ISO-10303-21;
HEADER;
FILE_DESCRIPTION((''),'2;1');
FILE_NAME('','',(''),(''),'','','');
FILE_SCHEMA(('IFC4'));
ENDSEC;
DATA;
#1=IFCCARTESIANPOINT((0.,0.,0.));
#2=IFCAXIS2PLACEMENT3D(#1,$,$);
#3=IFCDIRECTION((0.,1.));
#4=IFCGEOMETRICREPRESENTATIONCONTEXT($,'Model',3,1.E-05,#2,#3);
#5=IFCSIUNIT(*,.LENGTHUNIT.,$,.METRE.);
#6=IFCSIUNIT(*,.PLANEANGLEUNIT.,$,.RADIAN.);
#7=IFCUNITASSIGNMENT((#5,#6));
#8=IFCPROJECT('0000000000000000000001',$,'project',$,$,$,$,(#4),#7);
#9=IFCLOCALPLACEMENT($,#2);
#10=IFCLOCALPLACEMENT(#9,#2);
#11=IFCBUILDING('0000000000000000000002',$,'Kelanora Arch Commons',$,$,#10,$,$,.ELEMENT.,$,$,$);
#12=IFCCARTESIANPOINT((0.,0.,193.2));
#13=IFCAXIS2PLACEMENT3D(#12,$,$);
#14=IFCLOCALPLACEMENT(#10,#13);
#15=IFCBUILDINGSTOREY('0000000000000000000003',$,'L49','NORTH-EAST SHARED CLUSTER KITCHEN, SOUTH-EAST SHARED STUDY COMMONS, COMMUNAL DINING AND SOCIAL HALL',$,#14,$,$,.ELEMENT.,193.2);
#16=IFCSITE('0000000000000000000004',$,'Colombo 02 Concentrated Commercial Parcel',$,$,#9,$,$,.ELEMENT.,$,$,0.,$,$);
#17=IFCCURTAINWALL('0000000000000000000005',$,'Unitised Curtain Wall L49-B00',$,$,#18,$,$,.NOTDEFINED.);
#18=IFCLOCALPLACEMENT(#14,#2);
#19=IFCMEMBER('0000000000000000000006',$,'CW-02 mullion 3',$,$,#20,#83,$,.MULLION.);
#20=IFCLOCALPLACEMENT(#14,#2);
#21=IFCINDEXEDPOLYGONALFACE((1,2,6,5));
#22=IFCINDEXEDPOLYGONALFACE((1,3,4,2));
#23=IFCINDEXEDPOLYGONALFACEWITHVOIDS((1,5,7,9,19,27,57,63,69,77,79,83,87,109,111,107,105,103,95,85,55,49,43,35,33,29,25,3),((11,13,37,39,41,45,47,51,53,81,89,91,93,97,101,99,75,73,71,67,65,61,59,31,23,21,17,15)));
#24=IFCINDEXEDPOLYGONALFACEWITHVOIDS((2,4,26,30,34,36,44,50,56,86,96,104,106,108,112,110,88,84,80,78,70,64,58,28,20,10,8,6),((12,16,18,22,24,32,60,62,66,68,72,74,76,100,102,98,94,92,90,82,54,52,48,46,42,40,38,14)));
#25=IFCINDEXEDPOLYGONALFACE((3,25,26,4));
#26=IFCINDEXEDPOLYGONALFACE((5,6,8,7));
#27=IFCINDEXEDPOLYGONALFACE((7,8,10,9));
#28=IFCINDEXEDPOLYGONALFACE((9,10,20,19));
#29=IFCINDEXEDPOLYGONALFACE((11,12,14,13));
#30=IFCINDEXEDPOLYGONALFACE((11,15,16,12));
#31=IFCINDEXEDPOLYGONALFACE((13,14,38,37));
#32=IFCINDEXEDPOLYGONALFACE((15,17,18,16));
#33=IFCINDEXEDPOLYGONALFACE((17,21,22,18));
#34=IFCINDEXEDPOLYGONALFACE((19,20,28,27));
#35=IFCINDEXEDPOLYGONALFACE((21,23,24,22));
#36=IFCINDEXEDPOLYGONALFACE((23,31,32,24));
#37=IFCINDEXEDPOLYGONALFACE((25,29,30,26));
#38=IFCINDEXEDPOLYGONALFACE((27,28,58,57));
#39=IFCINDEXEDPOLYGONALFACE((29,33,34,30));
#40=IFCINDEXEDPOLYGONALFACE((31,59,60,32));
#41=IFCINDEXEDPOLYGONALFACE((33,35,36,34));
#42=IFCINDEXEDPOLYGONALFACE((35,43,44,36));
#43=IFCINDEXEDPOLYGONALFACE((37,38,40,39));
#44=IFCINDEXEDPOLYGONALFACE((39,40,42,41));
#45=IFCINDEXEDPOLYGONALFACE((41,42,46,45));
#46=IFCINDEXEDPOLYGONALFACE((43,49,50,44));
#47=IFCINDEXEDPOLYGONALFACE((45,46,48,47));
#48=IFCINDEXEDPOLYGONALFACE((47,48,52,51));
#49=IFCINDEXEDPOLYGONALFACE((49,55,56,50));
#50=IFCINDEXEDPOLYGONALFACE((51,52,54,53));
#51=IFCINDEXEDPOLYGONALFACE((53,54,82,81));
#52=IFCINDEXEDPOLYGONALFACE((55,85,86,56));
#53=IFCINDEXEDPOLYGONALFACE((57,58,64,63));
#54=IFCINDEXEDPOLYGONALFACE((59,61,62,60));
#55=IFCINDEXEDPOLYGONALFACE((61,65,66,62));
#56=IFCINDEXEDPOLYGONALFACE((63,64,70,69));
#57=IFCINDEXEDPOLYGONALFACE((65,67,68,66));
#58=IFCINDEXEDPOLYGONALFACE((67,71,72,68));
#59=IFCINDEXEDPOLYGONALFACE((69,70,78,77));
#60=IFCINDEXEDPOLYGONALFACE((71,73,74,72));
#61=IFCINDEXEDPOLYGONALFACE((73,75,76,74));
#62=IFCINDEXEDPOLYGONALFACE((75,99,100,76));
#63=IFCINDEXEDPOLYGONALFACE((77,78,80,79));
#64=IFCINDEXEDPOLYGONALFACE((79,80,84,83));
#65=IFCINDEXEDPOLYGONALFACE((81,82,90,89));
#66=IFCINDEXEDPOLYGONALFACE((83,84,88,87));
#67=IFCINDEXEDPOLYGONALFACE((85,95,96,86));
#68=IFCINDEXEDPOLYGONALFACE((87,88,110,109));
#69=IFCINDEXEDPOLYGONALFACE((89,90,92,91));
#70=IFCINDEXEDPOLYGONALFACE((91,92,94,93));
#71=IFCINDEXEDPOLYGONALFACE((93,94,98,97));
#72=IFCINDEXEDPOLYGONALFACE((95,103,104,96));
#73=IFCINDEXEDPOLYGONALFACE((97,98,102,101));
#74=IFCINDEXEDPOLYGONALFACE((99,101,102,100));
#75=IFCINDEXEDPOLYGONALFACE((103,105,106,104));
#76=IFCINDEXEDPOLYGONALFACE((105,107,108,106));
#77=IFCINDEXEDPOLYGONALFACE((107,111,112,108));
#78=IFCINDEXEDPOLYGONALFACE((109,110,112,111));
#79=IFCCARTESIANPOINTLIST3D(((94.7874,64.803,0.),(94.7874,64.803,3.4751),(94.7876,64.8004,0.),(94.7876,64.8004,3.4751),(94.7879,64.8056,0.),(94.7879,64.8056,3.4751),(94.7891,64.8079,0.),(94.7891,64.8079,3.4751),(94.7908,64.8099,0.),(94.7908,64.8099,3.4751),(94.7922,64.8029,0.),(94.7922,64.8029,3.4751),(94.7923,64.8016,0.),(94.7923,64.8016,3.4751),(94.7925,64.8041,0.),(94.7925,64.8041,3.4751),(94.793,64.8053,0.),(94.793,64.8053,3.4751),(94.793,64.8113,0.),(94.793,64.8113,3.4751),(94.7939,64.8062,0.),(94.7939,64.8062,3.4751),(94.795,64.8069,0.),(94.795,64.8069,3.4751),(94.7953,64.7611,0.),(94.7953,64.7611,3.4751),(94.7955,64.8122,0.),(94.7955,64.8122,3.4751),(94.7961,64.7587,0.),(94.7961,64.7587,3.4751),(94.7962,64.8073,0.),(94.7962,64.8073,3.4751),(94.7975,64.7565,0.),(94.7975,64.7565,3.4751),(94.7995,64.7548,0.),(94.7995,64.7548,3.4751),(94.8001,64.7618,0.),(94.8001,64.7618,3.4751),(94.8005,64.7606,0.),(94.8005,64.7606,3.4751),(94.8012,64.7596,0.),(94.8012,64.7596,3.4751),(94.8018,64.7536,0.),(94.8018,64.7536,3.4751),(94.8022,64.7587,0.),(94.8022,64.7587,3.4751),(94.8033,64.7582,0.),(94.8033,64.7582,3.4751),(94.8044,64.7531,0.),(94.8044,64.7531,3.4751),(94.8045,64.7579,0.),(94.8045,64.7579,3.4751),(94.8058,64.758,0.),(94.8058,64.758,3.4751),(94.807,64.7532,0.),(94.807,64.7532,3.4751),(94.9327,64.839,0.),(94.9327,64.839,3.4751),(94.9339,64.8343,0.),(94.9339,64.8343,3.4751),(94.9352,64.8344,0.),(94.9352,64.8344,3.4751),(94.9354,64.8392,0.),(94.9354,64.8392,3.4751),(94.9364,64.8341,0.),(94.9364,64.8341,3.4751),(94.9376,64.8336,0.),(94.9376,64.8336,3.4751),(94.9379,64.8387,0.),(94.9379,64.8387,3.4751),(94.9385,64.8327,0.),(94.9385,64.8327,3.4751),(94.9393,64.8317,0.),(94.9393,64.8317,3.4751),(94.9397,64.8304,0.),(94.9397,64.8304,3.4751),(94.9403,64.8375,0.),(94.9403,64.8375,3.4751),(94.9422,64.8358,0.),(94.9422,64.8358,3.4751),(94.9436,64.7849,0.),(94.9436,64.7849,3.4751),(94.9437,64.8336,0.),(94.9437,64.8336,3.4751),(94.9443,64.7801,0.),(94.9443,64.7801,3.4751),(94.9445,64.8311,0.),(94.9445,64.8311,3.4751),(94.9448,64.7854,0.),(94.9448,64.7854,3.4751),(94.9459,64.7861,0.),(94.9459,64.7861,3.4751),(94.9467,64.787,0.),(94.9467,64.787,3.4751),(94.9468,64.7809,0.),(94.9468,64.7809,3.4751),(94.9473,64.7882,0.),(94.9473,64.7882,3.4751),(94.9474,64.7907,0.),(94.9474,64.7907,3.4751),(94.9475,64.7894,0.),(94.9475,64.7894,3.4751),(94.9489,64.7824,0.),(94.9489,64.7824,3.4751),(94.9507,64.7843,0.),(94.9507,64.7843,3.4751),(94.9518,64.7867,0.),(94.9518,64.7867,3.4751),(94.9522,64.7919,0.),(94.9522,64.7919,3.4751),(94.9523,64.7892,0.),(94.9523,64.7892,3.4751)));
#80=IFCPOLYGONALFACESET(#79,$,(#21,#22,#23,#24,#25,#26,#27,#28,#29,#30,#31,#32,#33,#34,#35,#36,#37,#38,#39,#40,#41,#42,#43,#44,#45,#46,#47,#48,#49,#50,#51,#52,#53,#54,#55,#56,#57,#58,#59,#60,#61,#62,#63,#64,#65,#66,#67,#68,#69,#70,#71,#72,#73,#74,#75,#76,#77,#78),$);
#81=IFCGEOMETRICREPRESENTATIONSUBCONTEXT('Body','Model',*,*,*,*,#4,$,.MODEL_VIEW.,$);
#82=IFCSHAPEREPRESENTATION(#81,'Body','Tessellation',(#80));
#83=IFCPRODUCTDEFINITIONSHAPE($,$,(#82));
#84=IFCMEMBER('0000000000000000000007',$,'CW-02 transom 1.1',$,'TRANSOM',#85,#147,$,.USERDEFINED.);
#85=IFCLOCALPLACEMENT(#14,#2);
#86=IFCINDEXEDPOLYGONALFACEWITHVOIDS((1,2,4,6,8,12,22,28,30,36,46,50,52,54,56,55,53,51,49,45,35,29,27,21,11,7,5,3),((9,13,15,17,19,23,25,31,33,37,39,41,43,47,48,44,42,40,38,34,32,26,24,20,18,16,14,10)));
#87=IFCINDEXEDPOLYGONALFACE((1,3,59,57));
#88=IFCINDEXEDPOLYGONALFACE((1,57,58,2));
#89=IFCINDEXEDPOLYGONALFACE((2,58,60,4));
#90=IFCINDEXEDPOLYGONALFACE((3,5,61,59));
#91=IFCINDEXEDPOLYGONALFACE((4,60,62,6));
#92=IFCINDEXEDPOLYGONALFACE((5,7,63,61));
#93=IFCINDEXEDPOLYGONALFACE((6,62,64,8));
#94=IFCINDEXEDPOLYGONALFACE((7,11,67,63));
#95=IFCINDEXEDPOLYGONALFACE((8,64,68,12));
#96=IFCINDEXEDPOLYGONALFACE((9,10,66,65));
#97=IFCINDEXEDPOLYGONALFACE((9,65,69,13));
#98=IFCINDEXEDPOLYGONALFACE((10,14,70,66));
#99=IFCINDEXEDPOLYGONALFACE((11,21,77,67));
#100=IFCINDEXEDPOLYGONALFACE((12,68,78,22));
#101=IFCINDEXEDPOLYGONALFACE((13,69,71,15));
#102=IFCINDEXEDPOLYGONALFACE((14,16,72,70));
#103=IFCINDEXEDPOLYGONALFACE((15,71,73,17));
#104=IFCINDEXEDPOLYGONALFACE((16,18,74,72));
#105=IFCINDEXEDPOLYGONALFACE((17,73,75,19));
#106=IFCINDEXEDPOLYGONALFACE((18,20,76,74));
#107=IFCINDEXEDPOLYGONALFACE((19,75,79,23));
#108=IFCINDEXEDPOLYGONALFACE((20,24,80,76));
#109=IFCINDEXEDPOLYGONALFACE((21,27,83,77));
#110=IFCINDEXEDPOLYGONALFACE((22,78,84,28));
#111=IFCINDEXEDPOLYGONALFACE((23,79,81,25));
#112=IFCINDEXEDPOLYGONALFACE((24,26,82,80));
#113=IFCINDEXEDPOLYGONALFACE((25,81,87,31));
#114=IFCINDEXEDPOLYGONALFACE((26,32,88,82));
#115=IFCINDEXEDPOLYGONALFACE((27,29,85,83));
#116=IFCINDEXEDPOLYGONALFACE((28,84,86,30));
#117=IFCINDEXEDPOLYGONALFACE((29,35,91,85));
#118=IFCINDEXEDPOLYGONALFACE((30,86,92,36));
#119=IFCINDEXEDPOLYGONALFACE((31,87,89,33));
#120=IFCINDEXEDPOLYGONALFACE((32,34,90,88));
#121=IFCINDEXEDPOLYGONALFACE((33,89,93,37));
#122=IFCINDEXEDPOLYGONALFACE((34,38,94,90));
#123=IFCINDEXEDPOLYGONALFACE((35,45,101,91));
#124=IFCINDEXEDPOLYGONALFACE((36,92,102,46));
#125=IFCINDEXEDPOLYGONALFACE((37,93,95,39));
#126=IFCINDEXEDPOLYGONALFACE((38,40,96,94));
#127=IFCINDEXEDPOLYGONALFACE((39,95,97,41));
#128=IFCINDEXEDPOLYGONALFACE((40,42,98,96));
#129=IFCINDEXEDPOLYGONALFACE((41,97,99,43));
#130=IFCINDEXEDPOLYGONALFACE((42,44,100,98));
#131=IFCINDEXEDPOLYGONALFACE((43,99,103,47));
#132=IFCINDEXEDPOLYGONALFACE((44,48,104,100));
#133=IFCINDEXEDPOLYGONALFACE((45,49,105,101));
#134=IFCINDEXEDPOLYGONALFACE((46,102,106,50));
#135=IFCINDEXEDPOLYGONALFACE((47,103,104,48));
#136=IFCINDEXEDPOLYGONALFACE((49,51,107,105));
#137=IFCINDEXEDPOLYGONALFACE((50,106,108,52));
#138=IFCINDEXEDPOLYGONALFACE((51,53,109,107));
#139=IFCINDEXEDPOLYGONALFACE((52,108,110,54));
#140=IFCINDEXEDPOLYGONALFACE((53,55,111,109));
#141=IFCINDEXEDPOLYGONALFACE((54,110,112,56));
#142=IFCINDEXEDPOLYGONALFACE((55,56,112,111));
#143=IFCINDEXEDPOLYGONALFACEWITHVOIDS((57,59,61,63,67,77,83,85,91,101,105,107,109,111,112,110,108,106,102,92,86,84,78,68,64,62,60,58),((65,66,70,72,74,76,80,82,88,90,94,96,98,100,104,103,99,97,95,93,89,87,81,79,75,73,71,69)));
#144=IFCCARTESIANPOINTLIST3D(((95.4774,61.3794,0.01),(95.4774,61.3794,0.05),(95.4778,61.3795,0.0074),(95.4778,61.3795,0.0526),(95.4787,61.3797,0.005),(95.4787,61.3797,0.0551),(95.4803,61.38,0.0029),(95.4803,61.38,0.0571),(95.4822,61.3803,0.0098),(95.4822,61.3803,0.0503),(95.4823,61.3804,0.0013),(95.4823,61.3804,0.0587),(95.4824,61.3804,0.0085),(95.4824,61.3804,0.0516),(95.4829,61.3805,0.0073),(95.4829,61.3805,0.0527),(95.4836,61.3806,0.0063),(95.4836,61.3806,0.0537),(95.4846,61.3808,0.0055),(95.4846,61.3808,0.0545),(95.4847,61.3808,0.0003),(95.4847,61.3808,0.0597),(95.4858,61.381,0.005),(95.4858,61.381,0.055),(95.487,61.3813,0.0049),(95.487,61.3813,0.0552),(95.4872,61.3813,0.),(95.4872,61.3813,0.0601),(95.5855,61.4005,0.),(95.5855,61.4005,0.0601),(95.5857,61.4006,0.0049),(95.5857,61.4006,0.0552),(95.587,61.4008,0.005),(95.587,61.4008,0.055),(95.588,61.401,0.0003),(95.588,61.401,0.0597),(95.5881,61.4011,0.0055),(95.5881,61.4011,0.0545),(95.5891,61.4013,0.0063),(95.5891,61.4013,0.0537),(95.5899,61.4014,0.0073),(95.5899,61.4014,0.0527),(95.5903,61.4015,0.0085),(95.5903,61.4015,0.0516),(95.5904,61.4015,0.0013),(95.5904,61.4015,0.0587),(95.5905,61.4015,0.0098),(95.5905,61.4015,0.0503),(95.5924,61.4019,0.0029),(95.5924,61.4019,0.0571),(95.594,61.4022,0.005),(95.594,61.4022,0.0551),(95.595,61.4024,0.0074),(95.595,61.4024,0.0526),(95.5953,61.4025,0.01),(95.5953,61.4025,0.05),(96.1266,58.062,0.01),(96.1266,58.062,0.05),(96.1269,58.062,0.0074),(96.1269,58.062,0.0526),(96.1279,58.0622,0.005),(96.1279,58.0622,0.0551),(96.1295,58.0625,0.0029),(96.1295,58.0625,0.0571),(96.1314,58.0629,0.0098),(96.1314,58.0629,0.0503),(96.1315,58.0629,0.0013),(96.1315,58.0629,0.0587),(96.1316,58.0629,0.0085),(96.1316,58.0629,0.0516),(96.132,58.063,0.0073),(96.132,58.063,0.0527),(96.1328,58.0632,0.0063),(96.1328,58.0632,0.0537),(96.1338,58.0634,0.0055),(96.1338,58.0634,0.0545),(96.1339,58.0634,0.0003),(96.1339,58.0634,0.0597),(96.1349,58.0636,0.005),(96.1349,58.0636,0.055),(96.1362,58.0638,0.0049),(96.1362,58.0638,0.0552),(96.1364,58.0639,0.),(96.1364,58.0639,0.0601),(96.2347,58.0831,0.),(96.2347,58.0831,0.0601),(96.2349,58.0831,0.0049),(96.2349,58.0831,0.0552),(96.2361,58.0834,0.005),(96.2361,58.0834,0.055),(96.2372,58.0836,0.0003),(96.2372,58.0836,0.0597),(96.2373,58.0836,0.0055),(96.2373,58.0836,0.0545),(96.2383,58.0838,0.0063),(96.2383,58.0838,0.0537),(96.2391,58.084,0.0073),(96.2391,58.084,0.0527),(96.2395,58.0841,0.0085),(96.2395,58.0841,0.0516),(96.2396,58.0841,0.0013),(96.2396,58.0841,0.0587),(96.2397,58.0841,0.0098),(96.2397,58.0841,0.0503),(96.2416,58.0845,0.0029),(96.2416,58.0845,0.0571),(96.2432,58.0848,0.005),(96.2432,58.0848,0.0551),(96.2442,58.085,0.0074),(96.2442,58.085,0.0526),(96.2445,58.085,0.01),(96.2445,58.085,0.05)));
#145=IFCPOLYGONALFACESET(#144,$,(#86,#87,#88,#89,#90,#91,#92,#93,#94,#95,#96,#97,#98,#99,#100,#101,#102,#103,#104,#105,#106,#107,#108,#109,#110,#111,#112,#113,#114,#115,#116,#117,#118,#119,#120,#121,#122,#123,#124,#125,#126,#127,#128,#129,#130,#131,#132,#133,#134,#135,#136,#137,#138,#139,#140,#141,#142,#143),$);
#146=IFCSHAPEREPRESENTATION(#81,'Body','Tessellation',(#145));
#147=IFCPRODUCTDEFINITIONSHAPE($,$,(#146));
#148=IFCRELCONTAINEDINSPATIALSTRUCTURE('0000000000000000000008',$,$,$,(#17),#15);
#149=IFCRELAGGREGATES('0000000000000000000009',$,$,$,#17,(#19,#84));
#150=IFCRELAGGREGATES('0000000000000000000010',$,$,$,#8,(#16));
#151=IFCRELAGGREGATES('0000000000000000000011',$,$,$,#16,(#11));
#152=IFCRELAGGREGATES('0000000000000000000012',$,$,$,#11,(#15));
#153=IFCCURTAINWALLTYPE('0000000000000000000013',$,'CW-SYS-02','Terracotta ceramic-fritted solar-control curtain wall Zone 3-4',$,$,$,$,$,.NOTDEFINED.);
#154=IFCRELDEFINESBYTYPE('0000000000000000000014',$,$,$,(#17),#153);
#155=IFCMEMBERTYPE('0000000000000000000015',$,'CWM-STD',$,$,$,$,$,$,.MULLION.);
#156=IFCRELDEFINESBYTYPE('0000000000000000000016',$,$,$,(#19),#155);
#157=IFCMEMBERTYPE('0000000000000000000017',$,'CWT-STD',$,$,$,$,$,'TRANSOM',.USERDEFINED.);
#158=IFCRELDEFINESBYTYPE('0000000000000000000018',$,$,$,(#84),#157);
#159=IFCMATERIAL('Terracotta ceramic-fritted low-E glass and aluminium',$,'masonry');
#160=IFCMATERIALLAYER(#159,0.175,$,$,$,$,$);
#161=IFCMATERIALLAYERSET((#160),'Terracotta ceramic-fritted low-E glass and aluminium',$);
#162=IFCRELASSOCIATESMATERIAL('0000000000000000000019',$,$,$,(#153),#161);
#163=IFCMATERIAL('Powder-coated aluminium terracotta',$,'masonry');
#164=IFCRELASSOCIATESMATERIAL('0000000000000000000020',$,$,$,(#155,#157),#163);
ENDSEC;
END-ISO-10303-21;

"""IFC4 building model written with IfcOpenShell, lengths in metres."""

from ifc_helpers import new_model, si_unit, direction, frame, origin, origin_2d, place, context, subcontext, project, spatial, hollow_rectangle, extrude, material, layer, layer_set, material_profile, profile_set, type_object, element, aggregate, save


model = new_model("IFC4")

# Units and contexts
model_context = context("Model", 3, precision=1e-05, world=origin(), true_north=direction((0.0, 1.0)))
body_context = subcontext(model_context, "Body", "Model", "MODEL_VIEW")
ifc_project = project(units=[si_unit("LENGTHUNIT", "METRE"), si_unit("PLANEANGLEUNIT", "RADIAN")], contexts=[model_context])

# Site, building, storey
site_placement = place(None, origin())
site = spatial("IfcSite", under=ifc_project, at=site_placement, Name="Colombo 02 Concentrated Commercial Parcel", CompositionType="ELEMENT", RefElevation=0.0)
building_placement = place(site_placement, origin())
building = spatial("IfcBuilding", under=site, at=building_placement, Name="Kelanora Arch Commons", CompositionType="ELEMENT")
storey_placement = place(building_placement, frame((0.0, 0.0, 193.2)))
storey = spatial("IfcBuildingStorey", under=building, at=storey_placement, Name="L49", Description="NORTH-EAST SHARED CLUSTER KITCHEN, SOUTH-EAST SHARED STUDY COMMONS, COMMUNAL DINING AND SOCIAL HALL", CompositionType="ELEMENT", Elevation=193.2)

# Curtain wall, members
ifc_material_1 = material(Name="Terracotta ceramic-fritted low-E glass and aluminium", Category="masonry")
ifc_layer_1 = layer(ifc_material_1, 0.175)
ifc_layer_set_1 = layer_set([ifc_layer_1], Name="Terracotta ceramic-fritted low-E glass and aluminium")
curtain_wall_type = type_object("IfcCurtainWallType", Name="CW-SYS-02", Description="Terracotta ceramic-fritted solar-control curtain wall Zone 3-4", PredefinedType="NOTDEFINED", material=ifc_layer_set_1)
curtain_wall_placement = place(storey_placement, origin())
curtain_wall = element("IfcCurtainWall", 1, at=curtain_wall_placement, inside=storey, type_object=curtain_wall_type, Name="Unitised Curtain Wall L49-B00", PredefinedType="NOTDEFINED")
ifc_material_2 = material(Name="Powder-coated aluminium terracotta", Category="masonry")
ifc_material_profile_1 = material_profile(ifc_material_2, hollow_rectangle(XDim=0.1599, YDim=0.0601, WallThickness=0.0049, InnerFilletRadius=0.0049, OuterFilletRadius=0.01, at=origin_2d()), Name="CWM160x60")
ifc_profile_set_1 = profile_set([ifc_material_profile_1], Name="Powder-coated aluminium terracotta")
member_type_1 = type_object("IfcMemberType", Name="CWM-STD", PredefinedType="MULLION", material=ifc_profile_set_1)
member_1_placement = place(storey_placement, frame((94.8699, 64.7961, 0.0), z_axis=(0.0, 0.0, 1.0), x_axis=(-0.981381, -0.192069, 0.0)))
member_1 = element("IfcMember", 2, at=member_1_placement, type_object=member_type_1, Name="CW-02 mullion 3", PredefinedType="MULLION", context=body_context, shape_type="SweptSolid", body=[
    extrude(hollow_rectangle(XDim=0.1599, YDim=0.0601, WallThickness=0.0049, InnerFilletRadius=0.0049, OuterFilletRadius=0.01, at=origin_2d()), origin(), (0.0, 0.0, 1.0), 3.4751),
])
ifc_material_profile_2 = material_profile(ifc_material_2, hollow_rectangle(XDim=0.1201, YDim=0.0601, WallThickness=0.0049, InnerFilletRadius=0.0049, OuterFilletRadius=0.01, at=origin_2d()), Name="CWT120x60")
ifc_profile_set_2 = profile_set([ifc_material_profile_2], Name="Powder-coated aluminium terracotta")
member_type_2 = type_object("IfcMemberType", Name="CWT-STD", ElementType="TRANSOM", PredefinedType="USERDEFINED", material=ifc_profile_set_2)
member_2_placement = place(storey_placement, frame((96.1855, 58.0735, 0.03), z_axis=(-0.192045, 0.981386, 0.0), x_axis=(-0.981386, -0.192045, 0.0)))
member_2 = element("IfcMember", 3, at=member_2_placement, type_object=member_type_2, Name="CW-02 transom 1.1", ObjectType="TRANSOM", PredefinedType="USERDEFINED", context=body_context, shape_type="SweptSolid", body=[
    extrude(hollow_rectangle(XDim=0.1201, YDim=0.0601, WallThickness=0.0049, InnerFilletRadius=0.0049, OuterFilletRadius=0.01, at=origin_2d()), origin(), (0.0, 0.0, 1.0), 3.3804),
])
aggregate(curtain_wall, [member_1, member_2])

save(model, "model.ifc")
